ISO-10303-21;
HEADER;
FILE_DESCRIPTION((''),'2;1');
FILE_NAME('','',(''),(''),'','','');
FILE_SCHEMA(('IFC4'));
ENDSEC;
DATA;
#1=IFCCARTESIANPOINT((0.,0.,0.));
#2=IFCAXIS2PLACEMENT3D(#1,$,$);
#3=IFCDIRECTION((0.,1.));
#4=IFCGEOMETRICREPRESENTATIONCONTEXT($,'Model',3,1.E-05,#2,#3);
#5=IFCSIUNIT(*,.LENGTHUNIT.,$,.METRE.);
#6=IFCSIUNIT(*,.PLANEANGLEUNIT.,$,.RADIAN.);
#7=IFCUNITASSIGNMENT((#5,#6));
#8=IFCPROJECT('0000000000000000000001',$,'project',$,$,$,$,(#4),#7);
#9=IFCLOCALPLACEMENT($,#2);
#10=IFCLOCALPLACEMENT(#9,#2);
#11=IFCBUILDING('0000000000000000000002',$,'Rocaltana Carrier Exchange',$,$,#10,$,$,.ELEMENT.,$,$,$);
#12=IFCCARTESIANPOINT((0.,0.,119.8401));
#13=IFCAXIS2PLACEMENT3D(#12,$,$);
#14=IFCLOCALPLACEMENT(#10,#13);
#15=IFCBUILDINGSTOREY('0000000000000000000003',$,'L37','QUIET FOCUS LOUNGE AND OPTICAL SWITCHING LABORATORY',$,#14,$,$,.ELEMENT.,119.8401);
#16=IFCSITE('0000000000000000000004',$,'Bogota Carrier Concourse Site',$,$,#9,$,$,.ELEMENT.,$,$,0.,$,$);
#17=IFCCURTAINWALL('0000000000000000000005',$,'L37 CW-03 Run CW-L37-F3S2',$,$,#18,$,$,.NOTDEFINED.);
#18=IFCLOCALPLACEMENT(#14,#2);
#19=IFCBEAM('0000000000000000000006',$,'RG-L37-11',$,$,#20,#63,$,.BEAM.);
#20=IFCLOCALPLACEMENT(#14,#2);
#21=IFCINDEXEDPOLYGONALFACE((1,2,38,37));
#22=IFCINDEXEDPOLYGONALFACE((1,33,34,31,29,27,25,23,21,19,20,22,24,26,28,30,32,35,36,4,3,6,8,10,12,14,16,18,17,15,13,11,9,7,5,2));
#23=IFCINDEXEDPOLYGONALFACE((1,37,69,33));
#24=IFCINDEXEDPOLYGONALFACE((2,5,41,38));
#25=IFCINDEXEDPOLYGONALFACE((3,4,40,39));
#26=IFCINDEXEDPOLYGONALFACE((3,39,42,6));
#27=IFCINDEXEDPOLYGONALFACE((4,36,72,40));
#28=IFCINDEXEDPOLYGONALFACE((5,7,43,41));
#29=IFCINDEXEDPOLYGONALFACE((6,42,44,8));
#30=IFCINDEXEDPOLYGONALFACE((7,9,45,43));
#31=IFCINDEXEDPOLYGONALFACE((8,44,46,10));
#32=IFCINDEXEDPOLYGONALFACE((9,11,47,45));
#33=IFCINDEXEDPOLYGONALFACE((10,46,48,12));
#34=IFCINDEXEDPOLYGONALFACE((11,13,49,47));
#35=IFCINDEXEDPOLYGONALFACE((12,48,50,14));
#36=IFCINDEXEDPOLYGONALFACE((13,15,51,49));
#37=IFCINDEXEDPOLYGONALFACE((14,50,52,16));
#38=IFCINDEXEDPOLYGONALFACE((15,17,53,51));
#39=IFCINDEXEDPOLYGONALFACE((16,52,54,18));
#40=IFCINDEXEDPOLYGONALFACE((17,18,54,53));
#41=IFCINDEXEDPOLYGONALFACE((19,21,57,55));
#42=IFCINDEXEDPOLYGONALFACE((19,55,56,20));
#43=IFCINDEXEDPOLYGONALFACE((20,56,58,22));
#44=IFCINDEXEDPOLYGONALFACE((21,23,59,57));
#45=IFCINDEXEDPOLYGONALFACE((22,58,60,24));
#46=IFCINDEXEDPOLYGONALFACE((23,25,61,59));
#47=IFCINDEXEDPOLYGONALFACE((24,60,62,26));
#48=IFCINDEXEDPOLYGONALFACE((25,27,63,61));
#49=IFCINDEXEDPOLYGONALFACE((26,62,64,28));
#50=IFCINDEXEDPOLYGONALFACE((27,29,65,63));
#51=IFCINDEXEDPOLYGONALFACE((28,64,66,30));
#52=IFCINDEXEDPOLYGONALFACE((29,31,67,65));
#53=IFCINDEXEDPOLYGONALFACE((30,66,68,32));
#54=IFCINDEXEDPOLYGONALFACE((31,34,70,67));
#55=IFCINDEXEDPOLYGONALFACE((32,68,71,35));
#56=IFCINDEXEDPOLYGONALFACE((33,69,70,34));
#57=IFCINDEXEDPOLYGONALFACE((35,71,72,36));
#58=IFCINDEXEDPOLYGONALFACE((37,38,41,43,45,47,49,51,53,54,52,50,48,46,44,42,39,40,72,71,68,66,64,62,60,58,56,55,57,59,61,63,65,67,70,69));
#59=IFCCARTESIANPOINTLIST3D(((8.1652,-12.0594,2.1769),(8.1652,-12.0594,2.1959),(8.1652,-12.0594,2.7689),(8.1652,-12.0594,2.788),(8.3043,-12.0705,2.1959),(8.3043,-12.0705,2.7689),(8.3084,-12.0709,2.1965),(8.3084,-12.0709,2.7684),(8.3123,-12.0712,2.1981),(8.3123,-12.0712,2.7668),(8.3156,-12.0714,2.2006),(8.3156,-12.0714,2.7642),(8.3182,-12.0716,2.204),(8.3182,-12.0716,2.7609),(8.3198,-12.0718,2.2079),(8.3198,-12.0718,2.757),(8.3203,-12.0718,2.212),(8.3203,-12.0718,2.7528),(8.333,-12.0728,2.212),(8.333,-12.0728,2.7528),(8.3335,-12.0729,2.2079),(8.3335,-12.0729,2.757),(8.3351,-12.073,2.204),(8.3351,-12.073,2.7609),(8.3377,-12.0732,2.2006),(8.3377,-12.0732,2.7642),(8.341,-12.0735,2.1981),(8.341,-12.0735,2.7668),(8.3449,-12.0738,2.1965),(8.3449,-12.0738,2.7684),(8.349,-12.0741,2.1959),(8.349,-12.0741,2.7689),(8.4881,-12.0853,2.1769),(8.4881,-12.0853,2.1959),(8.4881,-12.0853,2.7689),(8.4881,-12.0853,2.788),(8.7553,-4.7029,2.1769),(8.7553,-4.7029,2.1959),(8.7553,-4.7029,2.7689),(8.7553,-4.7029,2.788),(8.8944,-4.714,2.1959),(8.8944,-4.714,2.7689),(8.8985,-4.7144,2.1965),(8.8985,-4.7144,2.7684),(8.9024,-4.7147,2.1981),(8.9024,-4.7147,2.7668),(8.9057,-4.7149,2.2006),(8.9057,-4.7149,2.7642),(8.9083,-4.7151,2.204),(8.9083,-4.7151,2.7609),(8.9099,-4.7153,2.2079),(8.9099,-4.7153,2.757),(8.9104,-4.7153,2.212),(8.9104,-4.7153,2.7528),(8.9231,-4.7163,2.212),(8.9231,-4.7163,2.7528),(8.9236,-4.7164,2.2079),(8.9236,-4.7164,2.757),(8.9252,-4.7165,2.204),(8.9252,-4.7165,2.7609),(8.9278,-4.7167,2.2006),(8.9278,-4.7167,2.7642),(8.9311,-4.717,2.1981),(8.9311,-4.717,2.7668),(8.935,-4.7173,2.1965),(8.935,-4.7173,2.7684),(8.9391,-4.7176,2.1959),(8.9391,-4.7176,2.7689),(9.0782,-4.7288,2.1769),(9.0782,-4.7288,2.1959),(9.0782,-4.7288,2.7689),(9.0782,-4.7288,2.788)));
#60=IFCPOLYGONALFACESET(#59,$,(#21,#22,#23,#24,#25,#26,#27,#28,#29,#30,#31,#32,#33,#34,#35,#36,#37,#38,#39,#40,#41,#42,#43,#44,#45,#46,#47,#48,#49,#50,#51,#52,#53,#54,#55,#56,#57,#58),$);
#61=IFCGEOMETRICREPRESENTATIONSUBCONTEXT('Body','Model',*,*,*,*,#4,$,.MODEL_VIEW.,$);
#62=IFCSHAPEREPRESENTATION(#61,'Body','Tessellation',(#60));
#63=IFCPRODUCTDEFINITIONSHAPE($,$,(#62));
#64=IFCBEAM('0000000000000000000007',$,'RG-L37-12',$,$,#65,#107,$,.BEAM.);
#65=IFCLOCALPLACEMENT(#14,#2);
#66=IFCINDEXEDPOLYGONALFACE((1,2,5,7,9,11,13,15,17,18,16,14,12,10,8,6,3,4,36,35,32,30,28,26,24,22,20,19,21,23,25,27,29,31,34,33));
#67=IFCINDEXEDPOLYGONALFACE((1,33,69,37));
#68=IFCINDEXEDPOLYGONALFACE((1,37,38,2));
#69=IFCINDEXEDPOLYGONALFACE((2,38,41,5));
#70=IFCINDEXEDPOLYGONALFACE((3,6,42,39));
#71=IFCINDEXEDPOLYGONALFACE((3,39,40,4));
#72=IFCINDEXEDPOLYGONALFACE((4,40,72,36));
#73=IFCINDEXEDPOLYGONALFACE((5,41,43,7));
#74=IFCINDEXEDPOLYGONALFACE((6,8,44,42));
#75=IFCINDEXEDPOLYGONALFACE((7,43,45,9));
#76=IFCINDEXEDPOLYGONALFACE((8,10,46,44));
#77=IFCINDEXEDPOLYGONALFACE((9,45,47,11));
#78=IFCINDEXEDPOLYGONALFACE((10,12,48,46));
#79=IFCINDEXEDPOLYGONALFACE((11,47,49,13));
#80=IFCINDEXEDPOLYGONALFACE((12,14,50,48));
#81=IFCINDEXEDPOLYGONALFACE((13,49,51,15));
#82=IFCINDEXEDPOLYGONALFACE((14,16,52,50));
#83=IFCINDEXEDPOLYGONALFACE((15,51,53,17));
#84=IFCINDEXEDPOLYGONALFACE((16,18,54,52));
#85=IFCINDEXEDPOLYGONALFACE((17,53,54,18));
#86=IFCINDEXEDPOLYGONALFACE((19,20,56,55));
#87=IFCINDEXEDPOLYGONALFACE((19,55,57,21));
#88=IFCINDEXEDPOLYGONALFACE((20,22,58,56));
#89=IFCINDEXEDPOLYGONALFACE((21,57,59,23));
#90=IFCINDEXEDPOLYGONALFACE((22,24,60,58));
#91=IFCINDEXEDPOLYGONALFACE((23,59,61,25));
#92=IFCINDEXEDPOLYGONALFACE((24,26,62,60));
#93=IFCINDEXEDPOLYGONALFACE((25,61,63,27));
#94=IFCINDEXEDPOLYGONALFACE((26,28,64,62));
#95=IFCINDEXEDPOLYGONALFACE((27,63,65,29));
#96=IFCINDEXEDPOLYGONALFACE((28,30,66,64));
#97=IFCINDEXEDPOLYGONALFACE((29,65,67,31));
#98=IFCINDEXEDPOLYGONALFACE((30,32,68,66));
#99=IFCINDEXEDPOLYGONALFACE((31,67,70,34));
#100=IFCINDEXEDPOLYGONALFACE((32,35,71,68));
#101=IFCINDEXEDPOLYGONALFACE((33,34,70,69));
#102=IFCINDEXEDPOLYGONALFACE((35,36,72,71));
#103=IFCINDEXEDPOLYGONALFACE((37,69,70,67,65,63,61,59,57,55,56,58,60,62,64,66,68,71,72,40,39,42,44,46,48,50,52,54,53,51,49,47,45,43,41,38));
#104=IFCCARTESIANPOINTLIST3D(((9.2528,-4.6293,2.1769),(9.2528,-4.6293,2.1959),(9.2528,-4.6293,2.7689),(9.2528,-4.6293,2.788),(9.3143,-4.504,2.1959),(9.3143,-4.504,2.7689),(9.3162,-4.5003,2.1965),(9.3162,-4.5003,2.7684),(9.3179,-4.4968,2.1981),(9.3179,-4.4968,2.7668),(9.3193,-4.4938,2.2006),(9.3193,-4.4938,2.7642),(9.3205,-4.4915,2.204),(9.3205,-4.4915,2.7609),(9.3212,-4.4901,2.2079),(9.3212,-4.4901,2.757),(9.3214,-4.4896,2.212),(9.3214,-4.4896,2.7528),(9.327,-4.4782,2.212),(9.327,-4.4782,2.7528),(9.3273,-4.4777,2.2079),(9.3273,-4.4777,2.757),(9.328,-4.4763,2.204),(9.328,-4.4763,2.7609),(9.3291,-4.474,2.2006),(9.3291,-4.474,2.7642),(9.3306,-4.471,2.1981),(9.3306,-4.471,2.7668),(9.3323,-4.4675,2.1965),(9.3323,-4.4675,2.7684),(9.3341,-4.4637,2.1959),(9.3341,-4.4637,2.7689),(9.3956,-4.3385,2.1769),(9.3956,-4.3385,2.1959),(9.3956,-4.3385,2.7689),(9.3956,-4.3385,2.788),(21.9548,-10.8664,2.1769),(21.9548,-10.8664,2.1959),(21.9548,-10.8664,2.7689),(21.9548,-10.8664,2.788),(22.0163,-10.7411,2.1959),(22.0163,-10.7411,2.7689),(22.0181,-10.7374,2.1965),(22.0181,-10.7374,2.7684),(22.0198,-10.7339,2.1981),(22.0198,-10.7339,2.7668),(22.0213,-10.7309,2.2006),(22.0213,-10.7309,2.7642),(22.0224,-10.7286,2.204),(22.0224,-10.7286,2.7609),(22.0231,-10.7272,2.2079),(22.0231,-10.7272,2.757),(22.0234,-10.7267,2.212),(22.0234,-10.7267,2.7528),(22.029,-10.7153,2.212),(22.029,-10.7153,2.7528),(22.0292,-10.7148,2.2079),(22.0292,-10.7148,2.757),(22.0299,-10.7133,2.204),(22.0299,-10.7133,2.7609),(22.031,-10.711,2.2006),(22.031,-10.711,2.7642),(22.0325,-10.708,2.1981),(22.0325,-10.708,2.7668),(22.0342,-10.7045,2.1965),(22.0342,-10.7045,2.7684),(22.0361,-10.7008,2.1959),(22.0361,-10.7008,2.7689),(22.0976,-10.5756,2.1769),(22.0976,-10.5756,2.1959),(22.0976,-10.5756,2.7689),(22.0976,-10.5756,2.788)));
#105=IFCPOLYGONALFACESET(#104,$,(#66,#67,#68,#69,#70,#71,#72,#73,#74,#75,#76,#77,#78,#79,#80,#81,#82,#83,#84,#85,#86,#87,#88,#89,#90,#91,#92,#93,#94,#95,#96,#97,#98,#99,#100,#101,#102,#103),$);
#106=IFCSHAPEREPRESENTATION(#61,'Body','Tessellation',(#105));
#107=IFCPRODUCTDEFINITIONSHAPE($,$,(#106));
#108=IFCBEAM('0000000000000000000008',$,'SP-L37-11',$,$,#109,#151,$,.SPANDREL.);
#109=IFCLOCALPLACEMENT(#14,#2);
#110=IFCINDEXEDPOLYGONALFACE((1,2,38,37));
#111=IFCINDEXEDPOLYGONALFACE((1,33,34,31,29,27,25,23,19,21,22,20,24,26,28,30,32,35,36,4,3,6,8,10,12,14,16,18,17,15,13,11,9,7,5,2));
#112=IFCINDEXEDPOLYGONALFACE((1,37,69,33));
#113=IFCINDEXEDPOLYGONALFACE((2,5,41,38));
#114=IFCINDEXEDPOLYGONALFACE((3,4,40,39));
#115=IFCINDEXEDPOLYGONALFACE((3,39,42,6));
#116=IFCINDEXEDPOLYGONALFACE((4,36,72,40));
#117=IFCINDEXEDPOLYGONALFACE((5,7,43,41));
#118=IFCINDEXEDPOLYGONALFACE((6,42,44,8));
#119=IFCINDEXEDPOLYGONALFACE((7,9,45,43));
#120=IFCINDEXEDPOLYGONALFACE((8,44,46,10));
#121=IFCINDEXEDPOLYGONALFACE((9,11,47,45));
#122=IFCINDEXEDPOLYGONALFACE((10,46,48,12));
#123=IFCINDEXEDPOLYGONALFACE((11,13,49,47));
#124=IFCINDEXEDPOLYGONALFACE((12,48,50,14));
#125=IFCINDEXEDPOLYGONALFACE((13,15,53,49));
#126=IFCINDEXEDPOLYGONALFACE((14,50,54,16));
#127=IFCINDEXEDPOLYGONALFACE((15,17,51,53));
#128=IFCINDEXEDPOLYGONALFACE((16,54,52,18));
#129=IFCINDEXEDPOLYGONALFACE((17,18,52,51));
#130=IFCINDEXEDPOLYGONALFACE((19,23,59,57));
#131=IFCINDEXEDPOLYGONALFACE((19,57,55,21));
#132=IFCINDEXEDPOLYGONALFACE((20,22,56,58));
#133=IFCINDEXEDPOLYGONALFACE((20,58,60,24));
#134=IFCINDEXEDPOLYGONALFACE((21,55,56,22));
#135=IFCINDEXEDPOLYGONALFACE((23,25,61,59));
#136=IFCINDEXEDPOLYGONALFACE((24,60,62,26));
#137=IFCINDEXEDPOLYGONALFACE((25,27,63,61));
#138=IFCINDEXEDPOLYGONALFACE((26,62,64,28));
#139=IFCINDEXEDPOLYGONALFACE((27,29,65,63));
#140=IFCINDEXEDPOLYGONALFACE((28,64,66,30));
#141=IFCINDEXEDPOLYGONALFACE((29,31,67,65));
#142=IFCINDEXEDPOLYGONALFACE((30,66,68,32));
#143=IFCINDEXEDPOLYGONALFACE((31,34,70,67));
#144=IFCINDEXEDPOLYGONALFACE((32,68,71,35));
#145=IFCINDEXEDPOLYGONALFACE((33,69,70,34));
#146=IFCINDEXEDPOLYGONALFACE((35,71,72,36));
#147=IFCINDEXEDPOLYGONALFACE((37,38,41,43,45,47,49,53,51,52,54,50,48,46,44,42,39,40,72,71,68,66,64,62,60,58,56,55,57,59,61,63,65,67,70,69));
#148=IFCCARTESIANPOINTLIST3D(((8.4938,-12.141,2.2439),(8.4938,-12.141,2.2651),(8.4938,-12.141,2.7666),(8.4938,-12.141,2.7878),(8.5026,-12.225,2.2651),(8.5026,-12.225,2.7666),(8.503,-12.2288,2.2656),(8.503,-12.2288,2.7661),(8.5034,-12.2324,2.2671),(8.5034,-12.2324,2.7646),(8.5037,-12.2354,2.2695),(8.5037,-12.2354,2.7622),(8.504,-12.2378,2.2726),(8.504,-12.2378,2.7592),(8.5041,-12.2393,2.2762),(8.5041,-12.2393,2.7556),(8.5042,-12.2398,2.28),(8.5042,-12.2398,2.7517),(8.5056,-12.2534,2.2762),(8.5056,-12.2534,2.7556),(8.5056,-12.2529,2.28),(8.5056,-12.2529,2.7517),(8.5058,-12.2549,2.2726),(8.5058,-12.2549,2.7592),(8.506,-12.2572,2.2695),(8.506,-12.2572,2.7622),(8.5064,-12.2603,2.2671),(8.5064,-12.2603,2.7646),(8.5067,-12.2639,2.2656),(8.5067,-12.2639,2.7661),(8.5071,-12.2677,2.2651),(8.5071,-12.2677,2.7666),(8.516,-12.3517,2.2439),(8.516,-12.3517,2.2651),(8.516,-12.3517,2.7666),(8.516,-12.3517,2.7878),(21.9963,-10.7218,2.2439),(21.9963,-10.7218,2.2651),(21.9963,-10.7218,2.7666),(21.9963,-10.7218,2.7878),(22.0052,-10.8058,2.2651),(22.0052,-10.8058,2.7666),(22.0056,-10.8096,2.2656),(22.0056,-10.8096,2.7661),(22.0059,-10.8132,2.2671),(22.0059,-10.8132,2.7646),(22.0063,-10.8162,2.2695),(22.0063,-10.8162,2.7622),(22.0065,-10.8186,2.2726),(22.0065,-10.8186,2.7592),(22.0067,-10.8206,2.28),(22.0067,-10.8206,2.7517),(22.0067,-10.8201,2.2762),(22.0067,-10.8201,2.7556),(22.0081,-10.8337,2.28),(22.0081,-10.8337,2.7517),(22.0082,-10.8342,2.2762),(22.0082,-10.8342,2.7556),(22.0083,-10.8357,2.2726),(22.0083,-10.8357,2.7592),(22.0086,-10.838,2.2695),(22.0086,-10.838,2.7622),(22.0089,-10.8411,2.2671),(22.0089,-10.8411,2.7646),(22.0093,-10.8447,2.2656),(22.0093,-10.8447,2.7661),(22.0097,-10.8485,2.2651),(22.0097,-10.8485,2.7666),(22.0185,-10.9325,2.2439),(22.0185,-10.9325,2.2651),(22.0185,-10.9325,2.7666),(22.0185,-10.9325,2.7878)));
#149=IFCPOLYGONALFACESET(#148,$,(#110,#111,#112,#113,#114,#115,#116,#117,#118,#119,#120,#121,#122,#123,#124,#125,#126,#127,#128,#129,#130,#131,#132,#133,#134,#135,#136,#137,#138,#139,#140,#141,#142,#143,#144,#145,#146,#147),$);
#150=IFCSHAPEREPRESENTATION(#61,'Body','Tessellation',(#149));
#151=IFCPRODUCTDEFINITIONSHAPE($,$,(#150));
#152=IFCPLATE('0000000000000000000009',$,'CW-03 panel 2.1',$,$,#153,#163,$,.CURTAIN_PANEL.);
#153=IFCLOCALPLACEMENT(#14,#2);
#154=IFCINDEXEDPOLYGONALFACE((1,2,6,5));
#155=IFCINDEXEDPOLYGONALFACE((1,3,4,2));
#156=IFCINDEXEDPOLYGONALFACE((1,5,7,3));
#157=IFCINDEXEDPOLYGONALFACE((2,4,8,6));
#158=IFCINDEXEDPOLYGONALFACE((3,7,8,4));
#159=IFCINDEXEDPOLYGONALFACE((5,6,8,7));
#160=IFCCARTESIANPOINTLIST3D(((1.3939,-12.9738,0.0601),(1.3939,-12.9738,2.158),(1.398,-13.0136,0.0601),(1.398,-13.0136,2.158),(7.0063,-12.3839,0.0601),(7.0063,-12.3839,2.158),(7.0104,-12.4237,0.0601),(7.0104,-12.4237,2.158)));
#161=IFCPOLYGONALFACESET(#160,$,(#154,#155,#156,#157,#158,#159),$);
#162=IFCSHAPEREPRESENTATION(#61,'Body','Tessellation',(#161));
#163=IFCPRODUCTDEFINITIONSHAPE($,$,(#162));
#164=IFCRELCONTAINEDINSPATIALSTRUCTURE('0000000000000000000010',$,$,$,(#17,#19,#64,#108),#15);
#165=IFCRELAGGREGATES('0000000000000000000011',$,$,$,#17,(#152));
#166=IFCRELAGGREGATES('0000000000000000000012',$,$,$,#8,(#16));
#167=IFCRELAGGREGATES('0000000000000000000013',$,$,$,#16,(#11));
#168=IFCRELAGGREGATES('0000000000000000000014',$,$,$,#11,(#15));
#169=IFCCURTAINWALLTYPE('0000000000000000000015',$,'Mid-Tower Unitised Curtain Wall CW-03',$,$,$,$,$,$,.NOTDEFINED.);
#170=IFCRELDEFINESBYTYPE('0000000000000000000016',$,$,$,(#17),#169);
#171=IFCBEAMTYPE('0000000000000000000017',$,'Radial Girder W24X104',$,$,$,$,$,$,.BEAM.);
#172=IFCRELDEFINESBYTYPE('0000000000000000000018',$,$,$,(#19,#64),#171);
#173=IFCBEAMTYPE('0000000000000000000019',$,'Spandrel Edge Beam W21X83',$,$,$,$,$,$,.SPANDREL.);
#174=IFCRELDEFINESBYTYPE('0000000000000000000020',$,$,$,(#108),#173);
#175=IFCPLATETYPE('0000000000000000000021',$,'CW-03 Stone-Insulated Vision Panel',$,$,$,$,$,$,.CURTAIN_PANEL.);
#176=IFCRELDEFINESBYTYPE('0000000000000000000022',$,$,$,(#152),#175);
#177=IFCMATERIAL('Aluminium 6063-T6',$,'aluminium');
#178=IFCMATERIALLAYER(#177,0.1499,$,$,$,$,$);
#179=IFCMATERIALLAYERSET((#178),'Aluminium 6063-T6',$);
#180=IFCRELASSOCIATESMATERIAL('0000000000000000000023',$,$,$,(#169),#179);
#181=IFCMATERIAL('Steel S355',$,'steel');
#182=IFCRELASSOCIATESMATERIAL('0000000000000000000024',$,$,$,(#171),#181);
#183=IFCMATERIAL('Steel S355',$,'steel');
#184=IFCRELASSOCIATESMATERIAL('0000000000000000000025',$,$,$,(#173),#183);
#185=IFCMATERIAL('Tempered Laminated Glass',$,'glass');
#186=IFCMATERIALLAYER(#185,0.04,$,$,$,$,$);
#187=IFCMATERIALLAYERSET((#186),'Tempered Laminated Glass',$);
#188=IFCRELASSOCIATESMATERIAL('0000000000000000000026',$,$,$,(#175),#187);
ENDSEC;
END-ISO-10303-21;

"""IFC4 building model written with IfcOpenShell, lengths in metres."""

from ifc_helpers import new_model, si_unit, direction, frame, origin, origin_2d, place, context, subcontext, project, spatial, rectangle, i_section, extrude, material, layer, layer_set, material_profile, profile_set, type_object, element, aggregate, save


model = new_model("IFC4")

# Units and contexts
model_context = context("Model", 3, precision=1e-05, world=origin(), true_north=direction((0.0, 1.0)))
body_context = subcontext(model_context, "Body", "Model", "MODEL_VIEW")
ifc_project = project(units=[si_unit("LENGTHUNIT", "METRE"), si_unit("PLANEANGLEUNIT", "RADIAN")], contexts=[model_context])

# Site, building, storey
site_placement = place(None, origin())
site = spatial("IfcSite", under=ifc_project, at=site_placement, Name="Bogota Carrier Concourse Site", CompositionType="ELEMENT", RefElevation=0.0)
building_placement = place(site_placement, origin())
building = spatial("IfcBuilding", under=site, at=building_placement, Name="Rocaltana Carrier Exchange", CompositionType="ELEMENT")
storey_placement = place(building_placement, frame((0.0, 0.0, 119.8401)))
storey = spatial("IfcBuildingStorey", under=building, at=storey_placement, Name="L37", Description="QUIET FOCUS LOUNGE AND OPTICAL SWITCHING LABORATORY", CompositionType="ELEMENT", Elevation=119.8401)

# Curtain wall
ifc_material_1 = material(Name="Aluminium 6063-T6", Category="aluminium")
ifc_layer_1 = layer(ifc_material_1, 0.1499)
ifc_layer_set_1 = layer_set([ifc_layer_1], Name="Aluminium 6063-T6")
curtain_wall_type = type_object("IfcCurtainWallType", Name="Mid-Tower Unitised Curtain Wall CW-03", PredefinedType="NOTDEFINED", material=ifc_layer_set_1)
curtain_wall_placement = place(storey_placement, origin())
curtain_wall = element("IfcCurtainWall", 1, at=curtain_wall_placement, inside=storey, type_object=curtain_wall_type, Name="L37 CW-03 Run CW-L37-F3S2", PredefinedType="NOTDEFINED")

# Beams
ifc_material_2 = material(Name="Steel S355", Category="steel")
ifc_material_profile_1 = material_profile(ifc_material_2, i_section(OverallWidth=0.324, OverallDepth=0.6111, WebThickness=0.0127, FlangeThickness=0.019, FilletRadius=0.0161, at=origin_2d()), Name="W24X104")
ifc_profile_set_1 = profile_set([ifc_material_profile_1], Name="Steel S355")
beam_type_1 = type_object("IfcBeamType", Name="Radial Girder W24X104", PredefinedType="BEAM", material=ifc_profile_set_1)
beam_1_placement = place(storey_placement, frame((8.9167, -4.7158, 2.4824), z_axis=(-0.079957, -0.996798, 0.0), x_axis=(0.996798, -0.079957, 0.0)))
element("IfcBeam", 2, at=beam_1_placement, inside=storey, type_object=beam_type_1, Name="RG-L37-11", PredefinedType="BEAM", context=body_context, shape_type="SweptSolid", body=[
    extrude(i_section(OverallWidth=0.324, OverallDepth=0.6111, WebThickness=0.0127, FlangeThickness=0.019, FilletRadius=0.0161, at=origin_2d()), origin(), (0.0, 0.0, 1.0), 7.3801),
])
beam_2_placement = place(storey_placement, frame((9.3242, -4.4839, 2.4824), z_axis=(0.897623, -0.440763, 0.0), x_axis=(0.440763, 0.897623, 0.0)))
element("IfcBeam", 3, at=beam_2_placement, inside=storey, type_object=beam_type_1, Name="RG-L37-12", PredefinedType="BEAM", context=body_context, shape_type="SweptSolid", body=[
    extrude(i_section(OverallWidth=0.324, OverallDepth=0.6111, WebThickness=0.0127, FlangeThickness=0.019, FilletRadius=0.0161, at=origin_2d()), origin(), (0.0, 0.0, 1.0), 14.1506),
])
ifc_material_3 = material(Name="Steel S355", Category="steel")
ifc_material_profile_2 = material_profile(ifc_material_3, i_section(OverallWidth=0.2119, OverallDepth=0.5439, WebThickness=0.0132, FlangeThickness=0.0212, FilletRadius=0.0149, at=origin_2d()), Name="W21X83")
ifc_profile_set_2 = profile_set([ifc_material_profile_2], Name="Steel S355")
beam_type_2 = type_object("IfcBeamType", Name="Spandrel Edge Beam W21X83", PredefinedType="SPANDREL", material=ifc_profile_set_2)
beam_3_placement = place(storey_placement, frame((8.5049, -12.2463, 2.5159), z_axis=(0.994522, 0.10453, 0.0), x_axis=(-0.10453, 0.994522, 0.0)))
element("IfcBeam", 4, at=beam_3_placement, inside=storey, type_object=beam_type_2, Name="SP-L37-11", PredefinedType="SPANDREL", context=body_context, shape_type="SweptSolid", body=[
    extrude(i_section(OverallWidth=0.2119, OverallDepth=0.5439, WebThickness=0.0132, FlangeThickness=0.0212, FilletRadius=0.0149, at=origin_2d()), origin(), (0.0, 0.0, 1.0), 13.5769),
])

# Plate
ifc_material_4 = material(Name="Tempered Laminated Glass", Category="glass")
ifc_layer_2 = layer(ifc_material_4, 0.04)
ifc_layer_set_2 = layer_set([ifc_layer_2], Name="Tempered Laminated Glass")
plate_type = type_object("IfcPlateType", Name="CW-03 Stone-Insulated Vision Panel", PredefinedType="CURTAIN_PANEL", material=ifc_layer_set_2)
plate_placement = place(storey_placement, frame((4.2021, -12.6987, 0.0601), z_axis=(0.0, 0.0, 1.0), x_axis=(0.994522, 0.10453, 0.0)))
plate = element("IfcPlate", 5, at=plate_placement, type_object=plate_type, Name="CW-03 panel 2.1", PredefinedType="CURTAIN_PANEL", context=body_context, shape_type="SweptSolid", body=[
    extrude(rectangle(XDim=5.6433, YDim=0.04, at=origin_2d()), origin(), (0.0, 0.0, 1.0), 2.0979),
])
aggregate(curtain_wall, [plate])

save(model, "model.ifc")
